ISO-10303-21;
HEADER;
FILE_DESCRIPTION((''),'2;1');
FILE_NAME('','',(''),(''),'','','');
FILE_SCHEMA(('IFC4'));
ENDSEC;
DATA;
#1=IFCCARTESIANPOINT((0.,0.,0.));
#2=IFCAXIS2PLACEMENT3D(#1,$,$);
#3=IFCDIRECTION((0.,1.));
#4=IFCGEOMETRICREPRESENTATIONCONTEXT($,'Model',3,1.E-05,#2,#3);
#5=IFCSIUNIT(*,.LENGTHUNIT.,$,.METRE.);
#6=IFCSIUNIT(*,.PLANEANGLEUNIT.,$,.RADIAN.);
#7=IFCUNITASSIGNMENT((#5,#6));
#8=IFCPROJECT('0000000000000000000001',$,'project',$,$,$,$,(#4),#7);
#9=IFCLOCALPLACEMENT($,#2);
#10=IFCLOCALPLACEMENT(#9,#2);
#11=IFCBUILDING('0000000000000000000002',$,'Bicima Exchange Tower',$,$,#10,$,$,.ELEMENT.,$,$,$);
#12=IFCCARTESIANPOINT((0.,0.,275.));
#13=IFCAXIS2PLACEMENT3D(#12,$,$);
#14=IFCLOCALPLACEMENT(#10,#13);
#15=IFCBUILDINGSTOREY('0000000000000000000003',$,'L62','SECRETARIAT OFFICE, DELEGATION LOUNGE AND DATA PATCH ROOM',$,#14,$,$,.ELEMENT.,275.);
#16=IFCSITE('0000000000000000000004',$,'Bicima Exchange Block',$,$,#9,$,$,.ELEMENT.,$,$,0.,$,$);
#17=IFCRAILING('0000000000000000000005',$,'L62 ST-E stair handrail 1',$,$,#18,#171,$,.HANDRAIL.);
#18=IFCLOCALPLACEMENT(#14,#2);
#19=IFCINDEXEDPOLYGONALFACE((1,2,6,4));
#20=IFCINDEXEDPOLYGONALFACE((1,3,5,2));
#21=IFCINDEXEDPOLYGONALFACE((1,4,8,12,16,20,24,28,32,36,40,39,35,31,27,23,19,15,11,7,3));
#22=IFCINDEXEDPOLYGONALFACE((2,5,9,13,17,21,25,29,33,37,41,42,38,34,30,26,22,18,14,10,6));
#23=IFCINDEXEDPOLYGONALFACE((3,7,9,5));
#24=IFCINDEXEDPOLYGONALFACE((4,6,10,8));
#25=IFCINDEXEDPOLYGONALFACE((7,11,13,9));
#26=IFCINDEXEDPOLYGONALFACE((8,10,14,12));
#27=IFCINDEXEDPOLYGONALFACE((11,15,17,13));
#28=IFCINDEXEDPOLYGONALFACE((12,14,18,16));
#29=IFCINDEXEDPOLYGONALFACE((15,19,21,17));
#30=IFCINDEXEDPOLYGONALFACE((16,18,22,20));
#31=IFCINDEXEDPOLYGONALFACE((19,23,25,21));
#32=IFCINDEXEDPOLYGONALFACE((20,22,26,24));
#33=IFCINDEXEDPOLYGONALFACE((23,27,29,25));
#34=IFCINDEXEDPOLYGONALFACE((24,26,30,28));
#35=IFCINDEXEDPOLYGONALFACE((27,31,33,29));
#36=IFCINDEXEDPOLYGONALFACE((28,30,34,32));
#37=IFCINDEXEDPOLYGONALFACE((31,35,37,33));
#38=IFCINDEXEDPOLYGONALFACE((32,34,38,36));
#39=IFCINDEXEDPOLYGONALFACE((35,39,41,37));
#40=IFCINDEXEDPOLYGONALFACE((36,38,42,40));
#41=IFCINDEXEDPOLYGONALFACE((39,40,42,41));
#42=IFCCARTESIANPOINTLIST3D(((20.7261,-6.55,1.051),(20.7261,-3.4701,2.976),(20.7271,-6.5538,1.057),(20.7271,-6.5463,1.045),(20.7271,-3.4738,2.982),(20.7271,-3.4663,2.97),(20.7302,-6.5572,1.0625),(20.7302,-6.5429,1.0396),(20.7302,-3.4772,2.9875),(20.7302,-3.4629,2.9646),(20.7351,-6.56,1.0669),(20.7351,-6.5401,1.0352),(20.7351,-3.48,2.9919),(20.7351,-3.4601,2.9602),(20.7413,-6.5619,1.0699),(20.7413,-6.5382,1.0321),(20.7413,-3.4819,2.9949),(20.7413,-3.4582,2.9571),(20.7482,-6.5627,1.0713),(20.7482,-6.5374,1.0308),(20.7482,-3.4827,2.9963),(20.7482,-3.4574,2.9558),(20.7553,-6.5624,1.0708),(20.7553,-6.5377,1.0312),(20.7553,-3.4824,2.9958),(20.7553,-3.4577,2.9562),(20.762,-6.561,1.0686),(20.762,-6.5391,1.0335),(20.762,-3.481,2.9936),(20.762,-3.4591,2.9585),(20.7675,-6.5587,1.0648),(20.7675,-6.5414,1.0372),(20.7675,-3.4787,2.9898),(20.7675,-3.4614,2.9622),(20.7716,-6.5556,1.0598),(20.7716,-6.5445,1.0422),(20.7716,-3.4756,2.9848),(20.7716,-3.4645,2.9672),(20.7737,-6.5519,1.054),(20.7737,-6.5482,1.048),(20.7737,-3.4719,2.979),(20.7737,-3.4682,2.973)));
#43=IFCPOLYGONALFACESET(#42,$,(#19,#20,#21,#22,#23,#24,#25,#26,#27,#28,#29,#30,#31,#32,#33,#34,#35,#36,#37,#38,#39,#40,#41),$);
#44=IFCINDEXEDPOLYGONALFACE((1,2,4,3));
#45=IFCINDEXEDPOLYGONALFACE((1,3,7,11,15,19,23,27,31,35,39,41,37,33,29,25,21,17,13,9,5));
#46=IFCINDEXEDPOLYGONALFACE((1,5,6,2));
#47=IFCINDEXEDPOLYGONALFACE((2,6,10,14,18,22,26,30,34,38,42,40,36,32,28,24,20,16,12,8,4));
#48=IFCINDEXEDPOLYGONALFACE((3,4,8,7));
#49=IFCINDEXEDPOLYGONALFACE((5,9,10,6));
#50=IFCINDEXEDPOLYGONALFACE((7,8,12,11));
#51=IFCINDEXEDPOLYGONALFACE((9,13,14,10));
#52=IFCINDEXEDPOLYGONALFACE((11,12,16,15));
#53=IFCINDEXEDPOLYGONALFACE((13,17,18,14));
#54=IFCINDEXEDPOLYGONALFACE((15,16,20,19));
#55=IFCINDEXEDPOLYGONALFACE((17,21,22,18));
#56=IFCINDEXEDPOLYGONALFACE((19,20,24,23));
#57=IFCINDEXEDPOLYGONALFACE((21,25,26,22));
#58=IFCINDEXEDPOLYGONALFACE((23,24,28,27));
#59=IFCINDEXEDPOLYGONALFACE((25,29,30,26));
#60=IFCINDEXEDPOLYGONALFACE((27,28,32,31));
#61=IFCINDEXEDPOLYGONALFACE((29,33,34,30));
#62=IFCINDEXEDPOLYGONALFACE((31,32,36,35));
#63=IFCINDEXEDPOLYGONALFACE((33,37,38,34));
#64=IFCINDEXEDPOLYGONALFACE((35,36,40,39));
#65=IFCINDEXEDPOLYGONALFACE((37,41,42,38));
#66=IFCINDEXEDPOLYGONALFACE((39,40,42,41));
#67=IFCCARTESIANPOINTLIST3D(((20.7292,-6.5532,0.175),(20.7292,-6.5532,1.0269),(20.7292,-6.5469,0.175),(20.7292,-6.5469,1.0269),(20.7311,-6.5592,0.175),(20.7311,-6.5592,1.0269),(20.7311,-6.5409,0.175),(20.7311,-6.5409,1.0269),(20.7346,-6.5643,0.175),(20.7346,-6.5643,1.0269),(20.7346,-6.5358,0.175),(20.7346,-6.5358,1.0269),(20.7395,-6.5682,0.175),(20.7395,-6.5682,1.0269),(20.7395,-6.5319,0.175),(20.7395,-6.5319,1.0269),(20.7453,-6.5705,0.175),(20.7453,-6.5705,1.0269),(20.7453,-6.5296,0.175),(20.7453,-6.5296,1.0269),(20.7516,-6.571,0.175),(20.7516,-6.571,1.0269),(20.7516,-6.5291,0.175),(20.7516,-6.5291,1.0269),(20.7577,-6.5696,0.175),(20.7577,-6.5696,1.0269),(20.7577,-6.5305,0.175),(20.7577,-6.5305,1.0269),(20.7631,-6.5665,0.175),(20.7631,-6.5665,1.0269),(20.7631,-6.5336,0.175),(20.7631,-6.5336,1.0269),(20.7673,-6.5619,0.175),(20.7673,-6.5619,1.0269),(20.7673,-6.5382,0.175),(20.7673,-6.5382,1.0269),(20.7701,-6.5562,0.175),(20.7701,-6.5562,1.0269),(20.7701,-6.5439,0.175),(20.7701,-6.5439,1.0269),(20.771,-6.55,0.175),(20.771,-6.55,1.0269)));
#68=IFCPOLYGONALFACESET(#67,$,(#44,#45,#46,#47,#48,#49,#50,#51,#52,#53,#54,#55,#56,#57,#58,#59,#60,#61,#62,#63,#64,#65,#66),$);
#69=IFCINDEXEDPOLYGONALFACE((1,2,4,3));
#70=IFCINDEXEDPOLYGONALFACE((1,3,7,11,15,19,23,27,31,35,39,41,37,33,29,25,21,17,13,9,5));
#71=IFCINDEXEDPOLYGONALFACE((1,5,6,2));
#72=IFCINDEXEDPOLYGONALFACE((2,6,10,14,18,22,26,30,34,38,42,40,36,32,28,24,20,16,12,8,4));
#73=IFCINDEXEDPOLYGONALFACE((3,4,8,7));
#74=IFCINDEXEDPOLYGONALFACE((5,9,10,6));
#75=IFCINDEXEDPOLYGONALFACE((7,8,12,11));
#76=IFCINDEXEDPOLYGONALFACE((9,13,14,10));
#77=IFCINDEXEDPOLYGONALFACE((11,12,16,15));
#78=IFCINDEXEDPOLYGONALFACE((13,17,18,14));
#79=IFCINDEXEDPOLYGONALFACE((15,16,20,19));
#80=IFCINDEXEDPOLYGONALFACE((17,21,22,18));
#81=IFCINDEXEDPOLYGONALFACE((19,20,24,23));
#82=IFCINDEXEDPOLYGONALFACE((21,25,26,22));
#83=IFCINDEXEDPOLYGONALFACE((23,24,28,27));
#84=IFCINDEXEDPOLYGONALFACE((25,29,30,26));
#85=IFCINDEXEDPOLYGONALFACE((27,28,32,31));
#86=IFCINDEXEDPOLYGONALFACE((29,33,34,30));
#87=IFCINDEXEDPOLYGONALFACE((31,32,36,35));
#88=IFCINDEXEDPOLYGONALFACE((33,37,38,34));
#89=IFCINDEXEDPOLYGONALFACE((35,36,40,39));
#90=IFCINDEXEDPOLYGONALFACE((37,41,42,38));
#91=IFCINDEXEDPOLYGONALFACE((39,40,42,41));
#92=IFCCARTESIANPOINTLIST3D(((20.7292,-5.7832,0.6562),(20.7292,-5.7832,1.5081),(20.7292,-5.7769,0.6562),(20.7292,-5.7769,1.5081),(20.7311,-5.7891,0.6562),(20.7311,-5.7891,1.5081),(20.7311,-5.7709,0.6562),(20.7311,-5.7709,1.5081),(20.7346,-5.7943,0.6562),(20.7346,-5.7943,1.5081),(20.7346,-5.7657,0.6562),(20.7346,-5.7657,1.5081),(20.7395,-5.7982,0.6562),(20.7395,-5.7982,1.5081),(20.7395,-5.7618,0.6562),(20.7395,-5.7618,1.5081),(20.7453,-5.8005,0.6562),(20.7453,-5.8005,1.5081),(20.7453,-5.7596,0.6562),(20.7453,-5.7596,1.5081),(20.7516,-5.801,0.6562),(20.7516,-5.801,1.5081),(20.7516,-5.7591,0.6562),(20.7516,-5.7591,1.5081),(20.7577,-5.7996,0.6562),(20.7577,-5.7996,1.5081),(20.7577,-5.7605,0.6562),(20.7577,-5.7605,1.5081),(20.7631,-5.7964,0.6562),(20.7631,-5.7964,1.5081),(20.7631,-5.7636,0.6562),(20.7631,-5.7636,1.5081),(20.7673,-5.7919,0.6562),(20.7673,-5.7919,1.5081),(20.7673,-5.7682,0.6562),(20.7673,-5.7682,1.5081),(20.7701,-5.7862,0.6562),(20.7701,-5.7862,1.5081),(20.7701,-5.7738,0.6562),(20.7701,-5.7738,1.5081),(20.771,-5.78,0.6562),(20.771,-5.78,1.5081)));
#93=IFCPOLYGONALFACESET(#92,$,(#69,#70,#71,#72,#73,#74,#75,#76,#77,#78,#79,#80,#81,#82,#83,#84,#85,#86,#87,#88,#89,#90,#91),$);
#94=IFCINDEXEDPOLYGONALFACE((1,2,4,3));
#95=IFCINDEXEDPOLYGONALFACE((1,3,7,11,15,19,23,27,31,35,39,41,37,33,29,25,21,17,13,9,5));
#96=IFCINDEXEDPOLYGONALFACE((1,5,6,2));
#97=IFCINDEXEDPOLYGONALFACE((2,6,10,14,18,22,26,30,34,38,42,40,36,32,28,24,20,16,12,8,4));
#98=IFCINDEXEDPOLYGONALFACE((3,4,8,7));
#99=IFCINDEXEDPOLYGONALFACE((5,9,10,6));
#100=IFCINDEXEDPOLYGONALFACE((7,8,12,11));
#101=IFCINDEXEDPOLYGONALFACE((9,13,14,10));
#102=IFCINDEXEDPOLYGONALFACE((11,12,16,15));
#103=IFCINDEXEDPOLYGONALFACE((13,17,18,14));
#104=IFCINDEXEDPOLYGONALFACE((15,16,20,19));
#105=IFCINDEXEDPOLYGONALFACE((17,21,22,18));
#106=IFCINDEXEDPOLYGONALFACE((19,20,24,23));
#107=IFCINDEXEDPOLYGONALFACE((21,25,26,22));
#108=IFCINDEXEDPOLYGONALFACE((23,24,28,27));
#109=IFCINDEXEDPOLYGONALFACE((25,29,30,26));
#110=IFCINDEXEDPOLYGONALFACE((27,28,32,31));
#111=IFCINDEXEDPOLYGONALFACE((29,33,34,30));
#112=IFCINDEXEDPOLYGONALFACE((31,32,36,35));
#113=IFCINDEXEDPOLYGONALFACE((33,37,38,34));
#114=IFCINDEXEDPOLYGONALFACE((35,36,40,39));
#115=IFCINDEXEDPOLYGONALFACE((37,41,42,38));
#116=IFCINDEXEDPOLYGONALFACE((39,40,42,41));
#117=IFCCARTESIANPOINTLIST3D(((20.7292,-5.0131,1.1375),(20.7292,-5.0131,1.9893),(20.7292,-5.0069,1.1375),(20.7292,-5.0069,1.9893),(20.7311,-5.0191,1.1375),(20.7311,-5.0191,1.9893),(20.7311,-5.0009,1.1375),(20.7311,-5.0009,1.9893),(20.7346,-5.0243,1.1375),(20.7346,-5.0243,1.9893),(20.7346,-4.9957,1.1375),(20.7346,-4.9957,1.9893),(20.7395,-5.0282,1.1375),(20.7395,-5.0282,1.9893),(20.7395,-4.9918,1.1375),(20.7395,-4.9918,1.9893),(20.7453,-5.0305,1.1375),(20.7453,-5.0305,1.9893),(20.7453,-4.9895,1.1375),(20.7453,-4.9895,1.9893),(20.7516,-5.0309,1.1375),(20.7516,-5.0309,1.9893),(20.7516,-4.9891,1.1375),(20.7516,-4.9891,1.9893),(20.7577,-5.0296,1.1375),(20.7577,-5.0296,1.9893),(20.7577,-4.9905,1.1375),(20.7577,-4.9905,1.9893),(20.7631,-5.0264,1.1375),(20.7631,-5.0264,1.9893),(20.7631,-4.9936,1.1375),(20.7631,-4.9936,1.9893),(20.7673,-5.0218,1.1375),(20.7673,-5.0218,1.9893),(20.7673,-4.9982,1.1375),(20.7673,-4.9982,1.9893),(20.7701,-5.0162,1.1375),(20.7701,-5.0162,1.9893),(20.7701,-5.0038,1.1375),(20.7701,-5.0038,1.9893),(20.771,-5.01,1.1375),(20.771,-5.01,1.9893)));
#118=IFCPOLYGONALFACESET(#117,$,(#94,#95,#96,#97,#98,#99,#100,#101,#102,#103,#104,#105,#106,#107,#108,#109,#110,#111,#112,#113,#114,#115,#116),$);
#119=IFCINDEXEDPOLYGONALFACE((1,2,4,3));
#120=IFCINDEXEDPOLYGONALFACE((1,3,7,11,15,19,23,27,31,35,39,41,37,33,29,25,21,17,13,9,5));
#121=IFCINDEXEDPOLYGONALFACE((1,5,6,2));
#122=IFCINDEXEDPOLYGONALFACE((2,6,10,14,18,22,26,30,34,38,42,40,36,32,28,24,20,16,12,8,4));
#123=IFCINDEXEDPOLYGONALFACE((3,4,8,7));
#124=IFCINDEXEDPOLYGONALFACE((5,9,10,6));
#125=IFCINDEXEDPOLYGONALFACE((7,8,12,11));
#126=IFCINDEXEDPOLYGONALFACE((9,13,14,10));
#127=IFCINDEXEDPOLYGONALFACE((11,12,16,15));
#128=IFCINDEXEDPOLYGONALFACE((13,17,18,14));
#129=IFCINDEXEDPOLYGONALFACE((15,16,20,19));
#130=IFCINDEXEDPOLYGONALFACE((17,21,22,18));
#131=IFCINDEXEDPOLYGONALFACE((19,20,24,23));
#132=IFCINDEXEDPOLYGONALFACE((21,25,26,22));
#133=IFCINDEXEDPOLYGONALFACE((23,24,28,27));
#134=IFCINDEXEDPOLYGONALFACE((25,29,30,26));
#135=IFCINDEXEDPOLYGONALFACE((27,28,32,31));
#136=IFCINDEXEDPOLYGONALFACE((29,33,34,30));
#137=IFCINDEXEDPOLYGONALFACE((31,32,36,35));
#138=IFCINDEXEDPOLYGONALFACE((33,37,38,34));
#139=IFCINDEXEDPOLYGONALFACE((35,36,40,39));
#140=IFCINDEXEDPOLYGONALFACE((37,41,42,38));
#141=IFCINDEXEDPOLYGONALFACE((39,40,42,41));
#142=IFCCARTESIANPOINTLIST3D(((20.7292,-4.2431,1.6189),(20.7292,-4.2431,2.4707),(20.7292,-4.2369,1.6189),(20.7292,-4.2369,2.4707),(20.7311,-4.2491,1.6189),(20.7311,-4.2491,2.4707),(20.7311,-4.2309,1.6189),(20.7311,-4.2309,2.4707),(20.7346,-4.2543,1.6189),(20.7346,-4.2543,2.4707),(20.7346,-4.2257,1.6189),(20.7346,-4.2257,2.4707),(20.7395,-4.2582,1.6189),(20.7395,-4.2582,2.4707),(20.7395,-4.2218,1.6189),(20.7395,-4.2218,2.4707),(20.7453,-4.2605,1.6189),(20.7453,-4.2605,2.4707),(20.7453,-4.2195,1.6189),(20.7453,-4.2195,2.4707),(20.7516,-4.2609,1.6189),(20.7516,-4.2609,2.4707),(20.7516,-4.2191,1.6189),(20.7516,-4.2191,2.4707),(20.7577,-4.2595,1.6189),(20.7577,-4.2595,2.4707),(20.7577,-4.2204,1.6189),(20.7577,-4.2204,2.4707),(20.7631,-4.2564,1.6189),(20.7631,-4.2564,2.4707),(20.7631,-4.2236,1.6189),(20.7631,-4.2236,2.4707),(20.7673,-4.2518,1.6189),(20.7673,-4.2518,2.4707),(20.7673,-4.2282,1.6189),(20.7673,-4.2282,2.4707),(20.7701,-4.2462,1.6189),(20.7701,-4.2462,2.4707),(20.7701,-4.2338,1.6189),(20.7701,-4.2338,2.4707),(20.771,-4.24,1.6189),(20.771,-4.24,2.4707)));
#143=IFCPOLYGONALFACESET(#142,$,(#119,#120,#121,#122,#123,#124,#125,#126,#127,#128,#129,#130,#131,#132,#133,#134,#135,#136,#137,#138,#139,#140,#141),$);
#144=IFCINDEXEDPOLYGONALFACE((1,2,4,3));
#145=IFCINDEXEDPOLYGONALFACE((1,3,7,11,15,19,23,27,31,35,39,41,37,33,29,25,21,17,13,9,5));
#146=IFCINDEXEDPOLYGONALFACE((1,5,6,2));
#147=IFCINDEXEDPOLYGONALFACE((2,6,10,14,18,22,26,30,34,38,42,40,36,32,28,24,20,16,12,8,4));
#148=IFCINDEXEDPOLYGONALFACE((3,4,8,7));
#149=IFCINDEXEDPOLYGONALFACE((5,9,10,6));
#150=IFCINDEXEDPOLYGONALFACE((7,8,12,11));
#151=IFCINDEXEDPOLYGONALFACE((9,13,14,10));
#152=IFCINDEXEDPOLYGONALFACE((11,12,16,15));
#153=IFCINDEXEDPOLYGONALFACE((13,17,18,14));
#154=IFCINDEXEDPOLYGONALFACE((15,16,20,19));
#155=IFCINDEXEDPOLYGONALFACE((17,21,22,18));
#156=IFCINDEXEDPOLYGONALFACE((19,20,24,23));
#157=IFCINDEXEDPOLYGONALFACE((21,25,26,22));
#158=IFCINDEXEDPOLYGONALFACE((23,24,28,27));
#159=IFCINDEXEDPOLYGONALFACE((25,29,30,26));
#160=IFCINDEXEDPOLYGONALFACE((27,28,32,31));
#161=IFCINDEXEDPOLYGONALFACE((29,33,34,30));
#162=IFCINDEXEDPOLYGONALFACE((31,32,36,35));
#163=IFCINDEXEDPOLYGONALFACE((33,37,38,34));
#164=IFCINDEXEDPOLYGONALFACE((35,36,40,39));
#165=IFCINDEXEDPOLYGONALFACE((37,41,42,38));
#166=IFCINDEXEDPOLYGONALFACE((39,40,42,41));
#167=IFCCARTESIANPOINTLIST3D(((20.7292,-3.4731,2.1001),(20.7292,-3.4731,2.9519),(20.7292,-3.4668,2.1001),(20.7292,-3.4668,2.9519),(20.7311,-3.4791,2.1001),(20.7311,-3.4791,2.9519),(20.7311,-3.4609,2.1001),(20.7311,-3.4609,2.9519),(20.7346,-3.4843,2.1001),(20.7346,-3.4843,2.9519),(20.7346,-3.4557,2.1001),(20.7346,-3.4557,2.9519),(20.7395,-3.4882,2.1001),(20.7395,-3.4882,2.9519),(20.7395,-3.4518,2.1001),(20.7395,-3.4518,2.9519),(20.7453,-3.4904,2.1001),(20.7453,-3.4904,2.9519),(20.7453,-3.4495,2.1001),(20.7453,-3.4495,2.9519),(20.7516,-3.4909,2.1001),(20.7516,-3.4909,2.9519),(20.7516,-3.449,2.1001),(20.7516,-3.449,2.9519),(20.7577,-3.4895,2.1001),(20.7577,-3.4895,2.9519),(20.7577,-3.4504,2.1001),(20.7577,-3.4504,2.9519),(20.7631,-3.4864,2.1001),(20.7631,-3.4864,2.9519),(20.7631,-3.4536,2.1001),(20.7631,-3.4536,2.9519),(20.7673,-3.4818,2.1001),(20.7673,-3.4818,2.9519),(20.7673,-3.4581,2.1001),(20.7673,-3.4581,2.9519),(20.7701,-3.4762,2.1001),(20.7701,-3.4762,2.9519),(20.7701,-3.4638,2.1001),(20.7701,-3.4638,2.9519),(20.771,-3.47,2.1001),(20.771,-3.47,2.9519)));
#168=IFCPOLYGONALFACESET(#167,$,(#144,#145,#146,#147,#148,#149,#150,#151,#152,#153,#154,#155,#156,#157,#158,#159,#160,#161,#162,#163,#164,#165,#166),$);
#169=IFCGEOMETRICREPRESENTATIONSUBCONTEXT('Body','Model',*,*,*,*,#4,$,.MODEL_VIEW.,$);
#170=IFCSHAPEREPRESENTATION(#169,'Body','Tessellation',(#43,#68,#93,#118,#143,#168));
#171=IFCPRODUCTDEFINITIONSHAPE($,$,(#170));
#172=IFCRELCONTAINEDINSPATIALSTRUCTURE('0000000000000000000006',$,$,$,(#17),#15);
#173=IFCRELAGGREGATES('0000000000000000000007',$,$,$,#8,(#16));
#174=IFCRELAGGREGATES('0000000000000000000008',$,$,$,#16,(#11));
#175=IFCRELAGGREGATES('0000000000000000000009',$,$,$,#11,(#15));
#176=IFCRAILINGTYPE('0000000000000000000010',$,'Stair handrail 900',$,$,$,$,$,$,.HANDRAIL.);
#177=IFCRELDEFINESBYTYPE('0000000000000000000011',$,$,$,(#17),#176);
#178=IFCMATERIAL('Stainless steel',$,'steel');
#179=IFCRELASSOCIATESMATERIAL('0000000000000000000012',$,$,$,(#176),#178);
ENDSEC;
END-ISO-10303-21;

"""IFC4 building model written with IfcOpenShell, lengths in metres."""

from ifc_helpers import new_model, si_unit, direction, frame, origin, origin_2d, place, context, subcontext, project, spatial, circle, extrude, material, type_object, element, save


model = new_model("IFC4")

# Units and contexts
model_context = context("Model", 3, precision=1e-05, world=origin(), true_north=direction((0.0, 1.0)))
body_context = subcontext(model_context, "Body", "Model", "MODEL_VIEW")
ifc_project = project(units=[si_unit("LENGTHUNIT", "METRE"), si_unit("PLANEANGLEUNIT", "RADIAN")], contexts=[model_context])

# Site, building, storey
site_placement = place(None, origin())
site = spatial("IfcSite", under=ifc_project, at=site_placement, Name="Bicima Exchange Block", CompositionType="ELEMENT", RefElevation=0.0)
building_placement = place(site_placement, origin())
building = spatial("IfcBuilding", under=site, at=building_placement, Name="Bicima Exchange Tower", CompositionType="ELEMENT")
storey_placement = place(building_placement, frame((0.0, 0.0, 275.0)))
storey = spatial("IfcBuildingStorey", under=building, at=storey_placement, Name="L62", Description="SECRETARIAT OFFICE, DELEGATION LOUNGE AND DATA PATCH ROOM", CompositionType="ELEMENT", Elevation=275.0)

# Railing
ifc_material_1 = material(Name="Stainless steel", Category="steel")
railing_type_1 = type_object("IfcRailingType", Name="Stair handrail 900", PredefinedType="HANDRAIL", material=ifc_material_1)
railing_1_placement = place(storey_placement, frame((20.75, -6.55, 0.175)))
element("IfcRailing", 1, at=railing_1_placement, inside=storey, type_object=railing_type_1, Name="L62 ST-E stair handrail 1", PredefinedType="HANDRAIL", context=body_context, shape_type="SweptSolid", body=[
    extrude(circle(Radius=0.0239, at=origin_2d()), frame((0.0, 0.0, 0.876), z_axis=(0.0, 0.847998, 0.529999), x_axis=(-1.0, 0.0, 0.0)), (0.0, 0.0, 1.0), 3.6321),
    extrude(circle(Radius=0.021, at=origin_2d()), origin(), (0.0, 0.0, 1.0), 0.8518),
    extrude(circle(Radius=0.021, at=origin_2d()), frame((0.0, 0.77, 0.4812)), (0.0, 0.0, 1.0), 0.8518),
    extrude(circle(Radius=0.021, at=origin_2d()), frame((0.0, 1.54, 0.9624)), (0.0, 0.0, 1.0), 0.8518),
    extrude(circle(Radius=0.021, at=origin_2d()), frame((0.0, 2.3101, 1.4438)), (0.0, 0.0, 1.0), 0.8518),
    extrude(circle(Radius=0.021, at=origin_2d()), frame((0.0, 3.0801, 1.925)), (0.0, 0.0, 1.0), 0.8518),
])

save(model, "model.ifc")
